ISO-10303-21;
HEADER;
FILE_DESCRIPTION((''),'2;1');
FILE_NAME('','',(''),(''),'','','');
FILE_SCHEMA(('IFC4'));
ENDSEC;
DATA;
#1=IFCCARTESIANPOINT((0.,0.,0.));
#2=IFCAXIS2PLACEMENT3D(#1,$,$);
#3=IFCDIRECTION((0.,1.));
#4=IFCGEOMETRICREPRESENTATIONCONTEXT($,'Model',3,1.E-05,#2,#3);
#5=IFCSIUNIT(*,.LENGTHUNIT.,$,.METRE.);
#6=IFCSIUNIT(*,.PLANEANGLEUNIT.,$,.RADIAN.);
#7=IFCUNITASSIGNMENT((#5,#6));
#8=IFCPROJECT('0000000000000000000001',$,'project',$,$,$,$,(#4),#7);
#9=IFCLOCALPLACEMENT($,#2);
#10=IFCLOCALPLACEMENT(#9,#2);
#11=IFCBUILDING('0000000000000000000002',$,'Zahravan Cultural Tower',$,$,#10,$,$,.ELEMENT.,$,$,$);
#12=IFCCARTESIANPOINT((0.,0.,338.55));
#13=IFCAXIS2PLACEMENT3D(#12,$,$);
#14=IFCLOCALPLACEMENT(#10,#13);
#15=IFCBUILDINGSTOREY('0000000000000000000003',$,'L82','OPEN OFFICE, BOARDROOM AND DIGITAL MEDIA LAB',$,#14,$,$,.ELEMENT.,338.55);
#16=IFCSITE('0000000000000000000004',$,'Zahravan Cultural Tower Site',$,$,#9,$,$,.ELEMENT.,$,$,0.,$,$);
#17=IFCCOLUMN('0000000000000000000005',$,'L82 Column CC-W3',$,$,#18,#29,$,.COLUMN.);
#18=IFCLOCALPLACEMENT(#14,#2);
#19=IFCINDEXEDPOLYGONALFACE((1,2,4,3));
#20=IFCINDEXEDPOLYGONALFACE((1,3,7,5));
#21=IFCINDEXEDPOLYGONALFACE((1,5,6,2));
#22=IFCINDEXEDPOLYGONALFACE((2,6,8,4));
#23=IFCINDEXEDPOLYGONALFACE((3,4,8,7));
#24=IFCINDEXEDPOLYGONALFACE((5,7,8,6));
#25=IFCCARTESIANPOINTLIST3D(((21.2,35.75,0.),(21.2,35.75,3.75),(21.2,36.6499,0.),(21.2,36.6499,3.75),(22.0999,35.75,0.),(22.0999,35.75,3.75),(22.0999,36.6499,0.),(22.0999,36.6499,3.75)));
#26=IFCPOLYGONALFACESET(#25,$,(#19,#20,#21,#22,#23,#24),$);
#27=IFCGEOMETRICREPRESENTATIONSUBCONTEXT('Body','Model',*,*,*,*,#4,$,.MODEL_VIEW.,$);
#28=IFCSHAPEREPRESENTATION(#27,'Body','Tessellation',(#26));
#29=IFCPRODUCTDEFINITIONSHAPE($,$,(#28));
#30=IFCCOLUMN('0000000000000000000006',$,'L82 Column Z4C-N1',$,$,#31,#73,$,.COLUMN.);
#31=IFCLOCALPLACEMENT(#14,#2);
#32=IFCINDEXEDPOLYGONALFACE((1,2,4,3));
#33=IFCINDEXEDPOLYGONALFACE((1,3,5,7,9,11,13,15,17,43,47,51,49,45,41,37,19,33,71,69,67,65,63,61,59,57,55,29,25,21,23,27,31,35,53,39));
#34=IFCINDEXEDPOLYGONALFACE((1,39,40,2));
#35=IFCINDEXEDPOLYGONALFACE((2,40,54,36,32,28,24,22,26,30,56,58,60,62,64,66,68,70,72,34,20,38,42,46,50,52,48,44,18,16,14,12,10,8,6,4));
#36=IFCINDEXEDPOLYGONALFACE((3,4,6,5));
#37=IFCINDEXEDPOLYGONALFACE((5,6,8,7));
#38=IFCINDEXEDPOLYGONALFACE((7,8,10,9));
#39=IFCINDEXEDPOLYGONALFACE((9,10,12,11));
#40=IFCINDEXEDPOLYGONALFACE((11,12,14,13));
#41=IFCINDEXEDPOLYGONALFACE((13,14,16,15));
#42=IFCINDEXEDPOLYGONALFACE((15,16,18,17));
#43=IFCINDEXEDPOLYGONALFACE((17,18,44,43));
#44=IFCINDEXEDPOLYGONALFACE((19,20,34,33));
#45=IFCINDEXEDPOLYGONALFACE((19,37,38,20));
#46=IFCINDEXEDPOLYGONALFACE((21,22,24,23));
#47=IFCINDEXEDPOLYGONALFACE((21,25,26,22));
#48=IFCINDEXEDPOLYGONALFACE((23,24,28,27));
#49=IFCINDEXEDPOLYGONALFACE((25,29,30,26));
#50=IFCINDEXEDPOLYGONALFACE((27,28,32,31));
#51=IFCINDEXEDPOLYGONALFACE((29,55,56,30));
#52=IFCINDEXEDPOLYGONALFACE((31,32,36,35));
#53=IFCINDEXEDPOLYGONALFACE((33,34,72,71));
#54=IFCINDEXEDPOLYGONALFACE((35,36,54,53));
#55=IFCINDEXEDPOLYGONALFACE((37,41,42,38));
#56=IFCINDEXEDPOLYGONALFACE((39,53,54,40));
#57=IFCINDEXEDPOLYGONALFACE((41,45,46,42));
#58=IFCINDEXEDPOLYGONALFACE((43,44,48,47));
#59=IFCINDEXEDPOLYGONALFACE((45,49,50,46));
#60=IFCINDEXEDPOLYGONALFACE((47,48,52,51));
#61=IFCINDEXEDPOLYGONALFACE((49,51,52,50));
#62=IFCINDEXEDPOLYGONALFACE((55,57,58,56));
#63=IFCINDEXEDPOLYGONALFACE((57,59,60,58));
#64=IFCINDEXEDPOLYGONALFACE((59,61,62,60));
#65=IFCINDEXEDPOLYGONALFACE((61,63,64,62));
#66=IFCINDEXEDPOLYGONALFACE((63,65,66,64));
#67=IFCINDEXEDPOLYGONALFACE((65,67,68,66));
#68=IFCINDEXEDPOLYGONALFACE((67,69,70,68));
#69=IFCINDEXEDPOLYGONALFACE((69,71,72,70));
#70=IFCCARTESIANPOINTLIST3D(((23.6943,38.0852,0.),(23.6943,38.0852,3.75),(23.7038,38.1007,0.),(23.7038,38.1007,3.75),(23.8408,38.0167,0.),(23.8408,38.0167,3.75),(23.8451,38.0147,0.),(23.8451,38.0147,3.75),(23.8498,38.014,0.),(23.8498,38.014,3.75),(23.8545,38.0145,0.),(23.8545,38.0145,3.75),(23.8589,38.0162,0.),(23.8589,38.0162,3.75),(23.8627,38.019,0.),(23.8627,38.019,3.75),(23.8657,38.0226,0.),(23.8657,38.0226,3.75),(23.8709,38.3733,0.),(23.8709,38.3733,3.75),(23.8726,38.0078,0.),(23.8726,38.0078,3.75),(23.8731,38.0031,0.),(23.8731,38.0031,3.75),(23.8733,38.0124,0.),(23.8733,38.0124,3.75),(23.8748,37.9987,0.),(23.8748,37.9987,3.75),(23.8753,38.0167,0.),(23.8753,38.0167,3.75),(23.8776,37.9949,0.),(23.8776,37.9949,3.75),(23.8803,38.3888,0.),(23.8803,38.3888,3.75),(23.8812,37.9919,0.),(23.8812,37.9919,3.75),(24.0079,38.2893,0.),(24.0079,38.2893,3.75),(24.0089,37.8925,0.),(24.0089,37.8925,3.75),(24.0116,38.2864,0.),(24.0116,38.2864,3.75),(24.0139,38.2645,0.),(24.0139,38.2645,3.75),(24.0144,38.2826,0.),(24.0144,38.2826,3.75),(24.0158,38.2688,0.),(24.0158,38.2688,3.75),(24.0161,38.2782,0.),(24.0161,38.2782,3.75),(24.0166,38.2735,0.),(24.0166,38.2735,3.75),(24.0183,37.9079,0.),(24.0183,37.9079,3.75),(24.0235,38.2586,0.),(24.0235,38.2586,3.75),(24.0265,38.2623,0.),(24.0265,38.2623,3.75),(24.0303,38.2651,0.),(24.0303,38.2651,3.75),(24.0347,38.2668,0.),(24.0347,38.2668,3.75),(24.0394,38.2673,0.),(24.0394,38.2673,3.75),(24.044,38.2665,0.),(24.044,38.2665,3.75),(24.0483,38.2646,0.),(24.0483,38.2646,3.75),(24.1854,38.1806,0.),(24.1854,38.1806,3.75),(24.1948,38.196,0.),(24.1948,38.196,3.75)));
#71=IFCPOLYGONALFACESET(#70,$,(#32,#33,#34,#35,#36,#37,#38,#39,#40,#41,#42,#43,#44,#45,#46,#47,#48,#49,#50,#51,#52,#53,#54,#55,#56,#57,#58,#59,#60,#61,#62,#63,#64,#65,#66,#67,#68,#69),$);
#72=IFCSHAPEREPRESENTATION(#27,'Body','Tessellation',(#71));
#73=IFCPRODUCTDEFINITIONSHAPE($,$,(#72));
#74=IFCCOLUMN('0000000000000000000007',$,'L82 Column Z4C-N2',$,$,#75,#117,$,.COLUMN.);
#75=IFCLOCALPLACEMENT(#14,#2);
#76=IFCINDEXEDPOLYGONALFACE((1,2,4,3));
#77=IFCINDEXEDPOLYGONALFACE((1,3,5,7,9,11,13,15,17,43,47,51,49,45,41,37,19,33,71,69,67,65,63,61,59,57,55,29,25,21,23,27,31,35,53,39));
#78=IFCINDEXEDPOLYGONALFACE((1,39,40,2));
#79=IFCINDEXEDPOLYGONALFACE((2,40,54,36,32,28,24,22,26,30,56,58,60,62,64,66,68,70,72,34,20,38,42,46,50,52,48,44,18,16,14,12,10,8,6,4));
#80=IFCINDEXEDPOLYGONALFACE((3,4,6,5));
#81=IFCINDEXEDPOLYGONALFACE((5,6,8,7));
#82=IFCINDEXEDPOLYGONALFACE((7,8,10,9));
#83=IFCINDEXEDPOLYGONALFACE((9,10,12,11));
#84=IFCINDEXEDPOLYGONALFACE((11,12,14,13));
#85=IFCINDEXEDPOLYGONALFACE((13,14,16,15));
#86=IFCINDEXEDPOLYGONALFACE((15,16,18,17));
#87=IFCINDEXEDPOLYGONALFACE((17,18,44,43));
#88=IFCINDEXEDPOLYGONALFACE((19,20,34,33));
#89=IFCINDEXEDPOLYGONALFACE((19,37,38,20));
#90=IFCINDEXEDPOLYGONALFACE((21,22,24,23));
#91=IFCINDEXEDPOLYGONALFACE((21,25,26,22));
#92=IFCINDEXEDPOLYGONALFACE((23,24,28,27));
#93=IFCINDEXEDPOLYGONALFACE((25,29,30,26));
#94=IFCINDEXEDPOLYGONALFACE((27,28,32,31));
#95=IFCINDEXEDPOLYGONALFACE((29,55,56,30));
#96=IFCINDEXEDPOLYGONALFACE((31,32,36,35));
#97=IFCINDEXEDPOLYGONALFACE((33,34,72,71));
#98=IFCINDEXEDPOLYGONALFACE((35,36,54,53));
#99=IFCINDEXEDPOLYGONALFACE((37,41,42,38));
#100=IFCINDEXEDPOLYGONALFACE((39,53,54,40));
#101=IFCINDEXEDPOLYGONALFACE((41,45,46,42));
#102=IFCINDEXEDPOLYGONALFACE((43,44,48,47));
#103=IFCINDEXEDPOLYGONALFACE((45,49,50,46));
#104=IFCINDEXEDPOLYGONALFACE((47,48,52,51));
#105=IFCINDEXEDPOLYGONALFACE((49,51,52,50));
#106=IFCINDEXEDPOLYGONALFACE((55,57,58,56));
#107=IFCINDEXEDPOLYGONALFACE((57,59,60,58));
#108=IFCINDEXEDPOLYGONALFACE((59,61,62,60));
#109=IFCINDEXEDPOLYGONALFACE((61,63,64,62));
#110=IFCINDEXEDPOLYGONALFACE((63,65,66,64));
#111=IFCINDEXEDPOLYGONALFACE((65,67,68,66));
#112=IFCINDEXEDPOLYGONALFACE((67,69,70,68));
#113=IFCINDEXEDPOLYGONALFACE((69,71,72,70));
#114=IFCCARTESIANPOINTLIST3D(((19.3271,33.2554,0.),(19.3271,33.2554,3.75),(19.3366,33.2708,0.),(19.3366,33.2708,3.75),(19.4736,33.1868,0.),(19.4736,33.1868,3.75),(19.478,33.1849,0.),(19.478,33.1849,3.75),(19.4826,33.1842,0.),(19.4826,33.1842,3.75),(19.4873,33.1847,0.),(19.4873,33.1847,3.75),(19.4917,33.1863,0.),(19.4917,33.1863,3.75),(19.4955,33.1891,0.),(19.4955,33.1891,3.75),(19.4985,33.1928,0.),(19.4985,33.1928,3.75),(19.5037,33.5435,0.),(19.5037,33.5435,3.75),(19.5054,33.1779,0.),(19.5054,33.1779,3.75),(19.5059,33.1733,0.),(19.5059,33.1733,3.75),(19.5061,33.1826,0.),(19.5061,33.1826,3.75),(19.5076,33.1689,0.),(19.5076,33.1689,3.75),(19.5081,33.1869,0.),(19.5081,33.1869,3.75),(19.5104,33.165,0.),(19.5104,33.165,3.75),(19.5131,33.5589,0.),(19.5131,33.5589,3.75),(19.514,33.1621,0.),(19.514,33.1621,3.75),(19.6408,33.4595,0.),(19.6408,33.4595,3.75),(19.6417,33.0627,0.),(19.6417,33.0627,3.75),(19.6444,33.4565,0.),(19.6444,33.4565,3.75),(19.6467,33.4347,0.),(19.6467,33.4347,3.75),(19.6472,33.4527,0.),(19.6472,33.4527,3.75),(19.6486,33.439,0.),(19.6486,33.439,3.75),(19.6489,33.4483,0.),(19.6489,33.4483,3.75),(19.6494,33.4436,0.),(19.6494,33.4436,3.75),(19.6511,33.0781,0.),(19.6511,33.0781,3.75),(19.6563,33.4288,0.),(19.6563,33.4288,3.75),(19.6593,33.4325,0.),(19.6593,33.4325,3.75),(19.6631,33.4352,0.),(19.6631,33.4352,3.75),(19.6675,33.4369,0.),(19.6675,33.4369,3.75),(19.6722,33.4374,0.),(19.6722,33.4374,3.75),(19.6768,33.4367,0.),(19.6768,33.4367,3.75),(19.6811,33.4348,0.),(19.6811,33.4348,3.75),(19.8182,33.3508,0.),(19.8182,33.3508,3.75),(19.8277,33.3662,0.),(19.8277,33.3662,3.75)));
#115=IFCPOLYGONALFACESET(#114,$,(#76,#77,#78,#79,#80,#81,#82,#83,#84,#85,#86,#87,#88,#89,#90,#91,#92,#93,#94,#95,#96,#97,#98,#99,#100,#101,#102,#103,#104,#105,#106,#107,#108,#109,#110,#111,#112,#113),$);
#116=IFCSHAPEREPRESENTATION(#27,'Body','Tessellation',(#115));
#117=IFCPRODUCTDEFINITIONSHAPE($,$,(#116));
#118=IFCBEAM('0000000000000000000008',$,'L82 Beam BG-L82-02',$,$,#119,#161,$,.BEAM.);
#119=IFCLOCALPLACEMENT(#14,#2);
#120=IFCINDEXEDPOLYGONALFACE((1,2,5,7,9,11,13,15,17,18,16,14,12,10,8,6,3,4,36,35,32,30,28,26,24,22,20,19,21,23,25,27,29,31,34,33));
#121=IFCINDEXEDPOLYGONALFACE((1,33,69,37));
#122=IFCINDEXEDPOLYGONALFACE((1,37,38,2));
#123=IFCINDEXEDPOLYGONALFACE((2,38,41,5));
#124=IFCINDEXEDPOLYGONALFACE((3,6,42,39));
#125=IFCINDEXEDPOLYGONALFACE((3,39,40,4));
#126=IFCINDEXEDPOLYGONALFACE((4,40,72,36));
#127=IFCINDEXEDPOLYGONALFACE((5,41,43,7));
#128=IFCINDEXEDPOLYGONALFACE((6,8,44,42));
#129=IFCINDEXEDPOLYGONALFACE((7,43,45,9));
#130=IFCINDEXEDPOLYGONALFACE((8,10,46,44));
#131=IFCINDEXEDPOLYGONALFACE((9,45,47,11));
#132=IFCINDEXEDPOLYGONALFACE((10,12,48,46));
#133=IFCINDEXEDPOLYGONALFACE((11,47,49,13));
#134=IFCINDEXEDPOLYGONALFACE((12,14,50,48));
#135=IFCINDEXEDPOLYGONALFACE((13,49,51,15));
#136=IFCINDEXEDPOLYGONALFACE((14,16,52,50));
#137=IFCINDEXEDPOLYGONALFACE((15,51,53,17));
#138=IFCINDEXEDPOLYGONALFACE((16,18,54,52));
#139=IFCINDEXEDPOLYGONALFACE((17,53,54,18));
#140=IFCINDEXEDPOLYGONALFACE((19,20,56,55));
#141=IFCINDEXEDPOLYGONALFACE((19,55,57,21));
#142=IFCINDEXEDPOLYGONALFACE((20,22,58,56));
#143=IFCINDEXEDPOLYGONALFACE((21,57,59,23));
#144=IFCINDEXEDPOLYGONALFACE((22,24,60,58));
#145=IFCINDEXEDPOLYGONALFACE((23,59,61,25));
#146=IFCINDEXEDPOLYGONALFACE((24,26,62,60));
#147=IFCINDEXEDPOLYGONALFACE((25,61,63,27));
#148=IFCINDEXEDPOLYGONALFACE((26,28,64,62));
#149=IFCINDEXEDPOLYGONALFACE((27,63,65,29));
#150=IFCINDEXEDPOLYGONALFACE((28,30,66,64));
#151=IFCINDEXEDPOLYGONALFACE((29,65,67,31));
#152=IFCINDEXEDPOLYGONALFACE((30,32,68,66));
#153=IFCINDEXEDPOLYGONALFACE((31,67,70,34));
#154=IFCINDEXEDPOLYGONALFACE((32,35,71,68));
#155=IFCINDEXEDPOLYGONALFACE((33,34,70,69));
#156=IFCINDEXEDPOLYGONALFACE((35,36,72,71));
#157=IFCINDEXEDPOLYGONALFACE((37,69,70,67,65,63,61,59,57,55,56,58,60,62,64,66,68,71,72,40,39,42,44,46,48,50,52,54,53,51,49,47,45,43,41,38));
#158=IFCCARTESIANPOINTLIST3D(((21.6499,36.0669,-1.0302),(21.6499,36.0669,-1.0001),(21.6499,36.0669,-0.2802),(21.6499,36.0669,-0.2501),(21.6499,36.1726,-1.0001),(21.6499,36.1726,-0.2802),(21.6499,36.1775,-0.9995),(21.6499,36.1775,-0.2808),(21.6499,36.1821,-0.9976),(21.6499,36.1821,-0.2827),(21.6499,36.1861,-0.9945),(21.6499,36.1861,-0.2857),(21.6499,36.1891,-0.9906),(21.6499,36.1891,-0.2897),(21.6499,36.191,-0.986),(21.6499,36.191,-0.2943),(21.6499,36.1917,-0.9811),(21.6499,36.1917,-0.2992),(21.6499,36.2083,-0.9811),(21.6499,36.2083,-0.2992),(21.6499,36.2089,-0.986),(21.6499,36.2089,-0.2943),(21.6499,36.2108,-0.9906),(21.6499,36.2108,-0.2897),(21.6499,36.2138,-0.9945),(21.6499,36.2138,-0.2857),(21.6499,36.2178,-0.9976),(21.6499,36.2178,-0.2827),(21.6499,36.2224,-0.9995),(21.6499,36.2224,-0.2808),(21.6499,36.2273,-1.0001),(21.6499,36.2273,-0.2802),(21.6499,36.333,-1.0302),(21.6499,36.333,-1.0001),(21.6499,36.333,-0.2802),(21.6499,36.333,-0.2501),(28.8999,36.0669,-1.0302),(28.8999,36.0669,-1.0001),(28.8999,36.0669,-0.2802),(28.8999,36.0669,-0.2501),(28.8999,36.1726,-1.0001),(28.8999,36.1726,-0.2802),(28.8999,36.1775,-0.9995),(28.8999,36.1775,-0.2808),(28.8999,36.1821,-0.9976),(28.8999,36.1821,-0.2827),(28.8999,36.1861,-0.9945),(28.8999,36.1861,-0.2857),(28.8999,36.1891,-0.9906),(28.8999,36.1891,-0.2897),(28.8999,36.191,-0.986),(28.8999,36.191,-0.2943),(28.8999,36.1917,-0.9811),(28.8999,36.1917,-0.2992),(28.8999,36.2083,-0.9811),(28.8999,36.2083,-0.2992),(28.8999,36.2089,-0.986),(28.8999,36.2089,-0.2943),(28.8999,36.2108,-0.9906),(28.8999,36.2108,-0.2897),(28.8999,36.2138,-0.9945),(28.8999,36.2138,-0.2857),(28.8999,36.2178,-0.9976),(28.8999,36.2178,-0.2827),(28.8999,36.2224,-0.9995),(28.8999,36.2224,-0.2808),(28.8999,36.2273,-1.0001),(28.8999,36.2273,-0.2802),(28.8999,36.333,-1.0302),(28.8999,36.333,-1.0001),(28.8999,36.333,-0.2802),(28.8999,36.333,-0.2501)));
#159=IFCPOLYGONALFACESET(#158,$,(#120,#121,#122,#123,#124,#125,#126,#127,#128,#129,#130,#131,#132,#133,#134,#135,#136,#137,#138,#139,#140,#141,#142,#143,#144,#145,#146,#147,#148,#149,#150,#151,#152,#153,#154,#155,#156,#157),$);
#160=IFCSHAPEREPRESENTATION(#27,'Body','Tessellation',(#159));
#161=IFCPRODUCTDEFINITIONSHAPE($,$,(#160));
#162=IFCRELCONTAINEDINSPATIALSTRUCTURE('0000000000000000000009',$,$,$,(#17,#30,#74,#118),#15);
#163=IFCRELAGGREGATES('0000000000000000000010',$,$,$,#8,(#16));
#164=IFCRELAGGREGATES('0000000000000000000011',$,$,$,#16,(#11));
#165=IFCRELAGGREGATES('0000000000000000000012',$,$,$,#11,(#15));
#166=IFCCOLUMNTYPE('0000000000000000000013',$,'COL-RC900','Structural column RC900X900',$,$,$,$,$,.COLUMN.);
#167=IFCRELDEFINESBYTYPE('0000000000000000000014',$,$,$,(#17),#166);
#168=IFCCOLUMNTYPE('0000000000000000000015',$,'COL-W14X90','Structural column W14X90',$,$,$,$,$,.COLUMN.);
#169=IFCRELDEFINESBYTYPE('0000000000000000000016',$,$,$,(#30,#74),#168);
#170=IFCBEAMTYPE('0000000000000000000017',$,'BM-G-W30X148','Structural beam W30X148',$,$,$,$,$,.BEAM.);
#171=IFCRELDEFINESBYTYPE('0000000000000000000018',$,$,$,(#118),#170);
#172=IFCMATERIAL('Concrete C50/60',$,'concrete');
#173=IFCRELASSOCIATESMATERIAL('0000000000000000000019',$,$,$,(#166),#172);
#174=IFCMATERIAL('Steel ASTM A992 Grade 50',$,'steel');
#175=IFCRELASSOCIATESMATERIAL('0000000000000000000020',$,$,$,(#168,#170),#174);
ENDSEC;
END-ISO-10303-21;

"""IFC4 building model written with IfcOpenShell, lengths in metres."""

from ifc_helpers import new_model, si_unit, direction, frame, origin, origin_2d, place, context, subcontext, project, spatial, rectangle, i_section, extrude, source, transform, mapped, material, material_profile, profile_set, type_object, element, save


model = new_model("IFC4")

# Units and contexts
model_context = context("Model", 3, precision=1e-05, world=origin(), true_north=direction((0.0, 1.0)))
body_context = subcontext(model_context, "Body", "Model", "MODEL_VIEW")
ifc_project = project(units=[si_unit("LENGTHUNIT", "METRE"), si_unit("PLANEANGLEUNIT", "RADIAN")], contexts=[model_context])

# Site, building, storey
site_placement = place(None, origin())
site = spatial("IfcSite", under=ifc_project, at=site_placement, Name="Zahravan Cultural Tower Site", CompositionType="ELEMENT", RefElevation=0.0)
building_placement = place(site_placement, origin())
building = spatial("IfcBuilding", under=site, at=building_placement, Name="Zahravan Cultural Tower", CompositionType="ELEMENT")
storey_placement = place(building_placement, frame((0.0, 0.0, 338.55)))
storey = spatial("IfcBuildingStorey", under=building, at=storey_placement, Name="L82", Description="OPEN OFFICE, BOARDROOM AND DIGITAL MEDIA LAB", CompositionType="ELEMENT", Elevation=338.55)

# Columns
ifc_material_1 = material(Name="Concrete C50/60", Category="concrete")
ifc_material_profile_1 = material_profile(ifc_material_1, rectangle(XDim=0.8999, YDim=0.8999, at=origin_2d()), Name="RC900X900")
ifc_profile_set_1 = profile_set([ifc_material_profile_1], Name="Concrete C50/60")
column_type_1 = type_object("IfcColumnType", Name="COL-RC900", Description="Structural column RC900X900", PredefinedType="COLUMN", material=ifc_profile_set_1)
shared_shape_1 = source(origin(), body_context, "Body", "SweptSolid", [
    extrude(rectangle(XDim=0.8999, YDim=0.8999, at=origin_2d()), origin(), (0.0, 0.0, 1.0), 3.75),
])
column_placement = place(storey_placement, frame((21.6499, 36.2, 0.0), z_axis=(0.0, 0.0, 1.0), x_axis=(1.0, 0.0, 0.0)))
element("IfcColumn", 1, at=column_placement, inside=storey, type_object=column_type_1, Name="L82 Column CC-W3", PredefinedType="COLUMN", context=body_context, shape_type="MappedRepresentation", body=[
    mapped(shared_shape_1, transform((0.0, 0.0, 0.0), x_axis=(1.0, 0.0, 0.0), y_axis=(0.0, 1.0, 0.0), z_axis=(0.0, 0.0, 1.0), scale=1.0)),
])
ifc_material_2 = material(Name="Steel ASTM A992 Grade 50", Category="steel")
ifc_material_profile_2 = material_profile(ifc_material_2, i_section(OverallWidth=0.3689, OverallDepth=0.356, WebThickness=0.0112, FlangeThickness=0.0181, FilletRadius=0.0181, at=origin_2d()), Name="W14X90")
ifc_profile_set_2 = profile_set([ifc_material_profile_2], Name="Steel ASTM A992 Grade 50")
column_type_2 = type_object("IfcColumnType", Name="COL-W14X90", Description="Structural column W14X90", PredefinedType="COLUMN", material=ifc_profile_set_2)
shared_shape_2 = source(origin(), body_context, "Body", "SweptSolid", [
    extrude(i_section(OverallWidth=0.3689, OverallDepth=0.356, WebThickness=0.0112, FlangeThickness=0.0181, FilletRadius=0.0181, at=origin_2d()), origin(), (0.0, 0.0, 1.0), 3.75),
])
for number, where, z_axis, x_axis, name in (
    (2, (23.9446, 38.1406, 0.0), (0.0, 0.0, 1.0), (-0.85264, 0.522499, 0.0), "L82 Column Z4C-N1"),
    (3, (19.5774, 33.3108, 0.0), (0.0, 0.0, 1.0), (-0.85264, 0.522499, 0.0), "L82 Column Z4C-N2"),
):
    element("IfcColumn", number, at=place(storey_placement, frame(where, z_axis=z_axis, x_axis=x_axis)), inside=storey, type_object=column_type_2, Name=name, PredefinedType="COLUMN", context=body_context, shape_type="MappedRepresentation", body=[
        mapped(shared_shape_2, transform((0.0, 0.0, 0.0), x_axis=(1.0, 0.0, 0.0), y_axis=(0.0, 1.0, 0.0), z_axis=(0.0, 0.0, 1.0), scale=1.0)),
    ])

# Beam
ifc_material_profile_3 = material_profile(ifc_material_2, i_section(OverallWidth=0.2661, OverallDepth=0.78, WebThickness=0.0166, FlangeThickness=0.03, FilletRadius=0.019, at=origin_2d()), Name="W30X148")
ifc_profile_set_3 = profile_set([ifc_material_profile_3], Name="Steel ASTM A992 Grade 50")
beam_type_1 = type_object("IfcBeamType", Name="BM-G-W30X148", Description="Structural beam W30X148", PredefinedType="BEAM", material=ifc_profile_set_3)
shared_shape_3 = source(origin(), body_context, "Body", "SweptSolid", [
    extrude(i_section(OverallWidth=0.2661, OverallDepth=0.78, WebThickness=0.0166, FlangeThickness=0.03, FilletRadius=0.019, at=origin_2d()), origin(), (0.0, 0.0, 1.0), 7.25),
])
beam_1_placement = place(storey_placement, frame((21.6499, 36.2, -0.6401), z_axis=(1.0, 0.0, 0.0), x_axis=(0.0, 1.0, 0.0)))
element("IfcBeam", 4, at=beam_1_placement, inside=storey, type_object=beam_type_1, Name="L82 Beam BG-L82-02", PredefinedType="BEAM", context=body_context, shape_type="MappedRepresentation", body=[
    mapped(shared_shape_3, transform((0.0, 0.0, 0.0), x_axis=(1.0, 0.0, 0.0), y_axis=(0.0, 1.0, 0.0), z_axis=(0.0, 0.0, 1.0), scale=1.0)),
])

save(model, "model.ifc")
